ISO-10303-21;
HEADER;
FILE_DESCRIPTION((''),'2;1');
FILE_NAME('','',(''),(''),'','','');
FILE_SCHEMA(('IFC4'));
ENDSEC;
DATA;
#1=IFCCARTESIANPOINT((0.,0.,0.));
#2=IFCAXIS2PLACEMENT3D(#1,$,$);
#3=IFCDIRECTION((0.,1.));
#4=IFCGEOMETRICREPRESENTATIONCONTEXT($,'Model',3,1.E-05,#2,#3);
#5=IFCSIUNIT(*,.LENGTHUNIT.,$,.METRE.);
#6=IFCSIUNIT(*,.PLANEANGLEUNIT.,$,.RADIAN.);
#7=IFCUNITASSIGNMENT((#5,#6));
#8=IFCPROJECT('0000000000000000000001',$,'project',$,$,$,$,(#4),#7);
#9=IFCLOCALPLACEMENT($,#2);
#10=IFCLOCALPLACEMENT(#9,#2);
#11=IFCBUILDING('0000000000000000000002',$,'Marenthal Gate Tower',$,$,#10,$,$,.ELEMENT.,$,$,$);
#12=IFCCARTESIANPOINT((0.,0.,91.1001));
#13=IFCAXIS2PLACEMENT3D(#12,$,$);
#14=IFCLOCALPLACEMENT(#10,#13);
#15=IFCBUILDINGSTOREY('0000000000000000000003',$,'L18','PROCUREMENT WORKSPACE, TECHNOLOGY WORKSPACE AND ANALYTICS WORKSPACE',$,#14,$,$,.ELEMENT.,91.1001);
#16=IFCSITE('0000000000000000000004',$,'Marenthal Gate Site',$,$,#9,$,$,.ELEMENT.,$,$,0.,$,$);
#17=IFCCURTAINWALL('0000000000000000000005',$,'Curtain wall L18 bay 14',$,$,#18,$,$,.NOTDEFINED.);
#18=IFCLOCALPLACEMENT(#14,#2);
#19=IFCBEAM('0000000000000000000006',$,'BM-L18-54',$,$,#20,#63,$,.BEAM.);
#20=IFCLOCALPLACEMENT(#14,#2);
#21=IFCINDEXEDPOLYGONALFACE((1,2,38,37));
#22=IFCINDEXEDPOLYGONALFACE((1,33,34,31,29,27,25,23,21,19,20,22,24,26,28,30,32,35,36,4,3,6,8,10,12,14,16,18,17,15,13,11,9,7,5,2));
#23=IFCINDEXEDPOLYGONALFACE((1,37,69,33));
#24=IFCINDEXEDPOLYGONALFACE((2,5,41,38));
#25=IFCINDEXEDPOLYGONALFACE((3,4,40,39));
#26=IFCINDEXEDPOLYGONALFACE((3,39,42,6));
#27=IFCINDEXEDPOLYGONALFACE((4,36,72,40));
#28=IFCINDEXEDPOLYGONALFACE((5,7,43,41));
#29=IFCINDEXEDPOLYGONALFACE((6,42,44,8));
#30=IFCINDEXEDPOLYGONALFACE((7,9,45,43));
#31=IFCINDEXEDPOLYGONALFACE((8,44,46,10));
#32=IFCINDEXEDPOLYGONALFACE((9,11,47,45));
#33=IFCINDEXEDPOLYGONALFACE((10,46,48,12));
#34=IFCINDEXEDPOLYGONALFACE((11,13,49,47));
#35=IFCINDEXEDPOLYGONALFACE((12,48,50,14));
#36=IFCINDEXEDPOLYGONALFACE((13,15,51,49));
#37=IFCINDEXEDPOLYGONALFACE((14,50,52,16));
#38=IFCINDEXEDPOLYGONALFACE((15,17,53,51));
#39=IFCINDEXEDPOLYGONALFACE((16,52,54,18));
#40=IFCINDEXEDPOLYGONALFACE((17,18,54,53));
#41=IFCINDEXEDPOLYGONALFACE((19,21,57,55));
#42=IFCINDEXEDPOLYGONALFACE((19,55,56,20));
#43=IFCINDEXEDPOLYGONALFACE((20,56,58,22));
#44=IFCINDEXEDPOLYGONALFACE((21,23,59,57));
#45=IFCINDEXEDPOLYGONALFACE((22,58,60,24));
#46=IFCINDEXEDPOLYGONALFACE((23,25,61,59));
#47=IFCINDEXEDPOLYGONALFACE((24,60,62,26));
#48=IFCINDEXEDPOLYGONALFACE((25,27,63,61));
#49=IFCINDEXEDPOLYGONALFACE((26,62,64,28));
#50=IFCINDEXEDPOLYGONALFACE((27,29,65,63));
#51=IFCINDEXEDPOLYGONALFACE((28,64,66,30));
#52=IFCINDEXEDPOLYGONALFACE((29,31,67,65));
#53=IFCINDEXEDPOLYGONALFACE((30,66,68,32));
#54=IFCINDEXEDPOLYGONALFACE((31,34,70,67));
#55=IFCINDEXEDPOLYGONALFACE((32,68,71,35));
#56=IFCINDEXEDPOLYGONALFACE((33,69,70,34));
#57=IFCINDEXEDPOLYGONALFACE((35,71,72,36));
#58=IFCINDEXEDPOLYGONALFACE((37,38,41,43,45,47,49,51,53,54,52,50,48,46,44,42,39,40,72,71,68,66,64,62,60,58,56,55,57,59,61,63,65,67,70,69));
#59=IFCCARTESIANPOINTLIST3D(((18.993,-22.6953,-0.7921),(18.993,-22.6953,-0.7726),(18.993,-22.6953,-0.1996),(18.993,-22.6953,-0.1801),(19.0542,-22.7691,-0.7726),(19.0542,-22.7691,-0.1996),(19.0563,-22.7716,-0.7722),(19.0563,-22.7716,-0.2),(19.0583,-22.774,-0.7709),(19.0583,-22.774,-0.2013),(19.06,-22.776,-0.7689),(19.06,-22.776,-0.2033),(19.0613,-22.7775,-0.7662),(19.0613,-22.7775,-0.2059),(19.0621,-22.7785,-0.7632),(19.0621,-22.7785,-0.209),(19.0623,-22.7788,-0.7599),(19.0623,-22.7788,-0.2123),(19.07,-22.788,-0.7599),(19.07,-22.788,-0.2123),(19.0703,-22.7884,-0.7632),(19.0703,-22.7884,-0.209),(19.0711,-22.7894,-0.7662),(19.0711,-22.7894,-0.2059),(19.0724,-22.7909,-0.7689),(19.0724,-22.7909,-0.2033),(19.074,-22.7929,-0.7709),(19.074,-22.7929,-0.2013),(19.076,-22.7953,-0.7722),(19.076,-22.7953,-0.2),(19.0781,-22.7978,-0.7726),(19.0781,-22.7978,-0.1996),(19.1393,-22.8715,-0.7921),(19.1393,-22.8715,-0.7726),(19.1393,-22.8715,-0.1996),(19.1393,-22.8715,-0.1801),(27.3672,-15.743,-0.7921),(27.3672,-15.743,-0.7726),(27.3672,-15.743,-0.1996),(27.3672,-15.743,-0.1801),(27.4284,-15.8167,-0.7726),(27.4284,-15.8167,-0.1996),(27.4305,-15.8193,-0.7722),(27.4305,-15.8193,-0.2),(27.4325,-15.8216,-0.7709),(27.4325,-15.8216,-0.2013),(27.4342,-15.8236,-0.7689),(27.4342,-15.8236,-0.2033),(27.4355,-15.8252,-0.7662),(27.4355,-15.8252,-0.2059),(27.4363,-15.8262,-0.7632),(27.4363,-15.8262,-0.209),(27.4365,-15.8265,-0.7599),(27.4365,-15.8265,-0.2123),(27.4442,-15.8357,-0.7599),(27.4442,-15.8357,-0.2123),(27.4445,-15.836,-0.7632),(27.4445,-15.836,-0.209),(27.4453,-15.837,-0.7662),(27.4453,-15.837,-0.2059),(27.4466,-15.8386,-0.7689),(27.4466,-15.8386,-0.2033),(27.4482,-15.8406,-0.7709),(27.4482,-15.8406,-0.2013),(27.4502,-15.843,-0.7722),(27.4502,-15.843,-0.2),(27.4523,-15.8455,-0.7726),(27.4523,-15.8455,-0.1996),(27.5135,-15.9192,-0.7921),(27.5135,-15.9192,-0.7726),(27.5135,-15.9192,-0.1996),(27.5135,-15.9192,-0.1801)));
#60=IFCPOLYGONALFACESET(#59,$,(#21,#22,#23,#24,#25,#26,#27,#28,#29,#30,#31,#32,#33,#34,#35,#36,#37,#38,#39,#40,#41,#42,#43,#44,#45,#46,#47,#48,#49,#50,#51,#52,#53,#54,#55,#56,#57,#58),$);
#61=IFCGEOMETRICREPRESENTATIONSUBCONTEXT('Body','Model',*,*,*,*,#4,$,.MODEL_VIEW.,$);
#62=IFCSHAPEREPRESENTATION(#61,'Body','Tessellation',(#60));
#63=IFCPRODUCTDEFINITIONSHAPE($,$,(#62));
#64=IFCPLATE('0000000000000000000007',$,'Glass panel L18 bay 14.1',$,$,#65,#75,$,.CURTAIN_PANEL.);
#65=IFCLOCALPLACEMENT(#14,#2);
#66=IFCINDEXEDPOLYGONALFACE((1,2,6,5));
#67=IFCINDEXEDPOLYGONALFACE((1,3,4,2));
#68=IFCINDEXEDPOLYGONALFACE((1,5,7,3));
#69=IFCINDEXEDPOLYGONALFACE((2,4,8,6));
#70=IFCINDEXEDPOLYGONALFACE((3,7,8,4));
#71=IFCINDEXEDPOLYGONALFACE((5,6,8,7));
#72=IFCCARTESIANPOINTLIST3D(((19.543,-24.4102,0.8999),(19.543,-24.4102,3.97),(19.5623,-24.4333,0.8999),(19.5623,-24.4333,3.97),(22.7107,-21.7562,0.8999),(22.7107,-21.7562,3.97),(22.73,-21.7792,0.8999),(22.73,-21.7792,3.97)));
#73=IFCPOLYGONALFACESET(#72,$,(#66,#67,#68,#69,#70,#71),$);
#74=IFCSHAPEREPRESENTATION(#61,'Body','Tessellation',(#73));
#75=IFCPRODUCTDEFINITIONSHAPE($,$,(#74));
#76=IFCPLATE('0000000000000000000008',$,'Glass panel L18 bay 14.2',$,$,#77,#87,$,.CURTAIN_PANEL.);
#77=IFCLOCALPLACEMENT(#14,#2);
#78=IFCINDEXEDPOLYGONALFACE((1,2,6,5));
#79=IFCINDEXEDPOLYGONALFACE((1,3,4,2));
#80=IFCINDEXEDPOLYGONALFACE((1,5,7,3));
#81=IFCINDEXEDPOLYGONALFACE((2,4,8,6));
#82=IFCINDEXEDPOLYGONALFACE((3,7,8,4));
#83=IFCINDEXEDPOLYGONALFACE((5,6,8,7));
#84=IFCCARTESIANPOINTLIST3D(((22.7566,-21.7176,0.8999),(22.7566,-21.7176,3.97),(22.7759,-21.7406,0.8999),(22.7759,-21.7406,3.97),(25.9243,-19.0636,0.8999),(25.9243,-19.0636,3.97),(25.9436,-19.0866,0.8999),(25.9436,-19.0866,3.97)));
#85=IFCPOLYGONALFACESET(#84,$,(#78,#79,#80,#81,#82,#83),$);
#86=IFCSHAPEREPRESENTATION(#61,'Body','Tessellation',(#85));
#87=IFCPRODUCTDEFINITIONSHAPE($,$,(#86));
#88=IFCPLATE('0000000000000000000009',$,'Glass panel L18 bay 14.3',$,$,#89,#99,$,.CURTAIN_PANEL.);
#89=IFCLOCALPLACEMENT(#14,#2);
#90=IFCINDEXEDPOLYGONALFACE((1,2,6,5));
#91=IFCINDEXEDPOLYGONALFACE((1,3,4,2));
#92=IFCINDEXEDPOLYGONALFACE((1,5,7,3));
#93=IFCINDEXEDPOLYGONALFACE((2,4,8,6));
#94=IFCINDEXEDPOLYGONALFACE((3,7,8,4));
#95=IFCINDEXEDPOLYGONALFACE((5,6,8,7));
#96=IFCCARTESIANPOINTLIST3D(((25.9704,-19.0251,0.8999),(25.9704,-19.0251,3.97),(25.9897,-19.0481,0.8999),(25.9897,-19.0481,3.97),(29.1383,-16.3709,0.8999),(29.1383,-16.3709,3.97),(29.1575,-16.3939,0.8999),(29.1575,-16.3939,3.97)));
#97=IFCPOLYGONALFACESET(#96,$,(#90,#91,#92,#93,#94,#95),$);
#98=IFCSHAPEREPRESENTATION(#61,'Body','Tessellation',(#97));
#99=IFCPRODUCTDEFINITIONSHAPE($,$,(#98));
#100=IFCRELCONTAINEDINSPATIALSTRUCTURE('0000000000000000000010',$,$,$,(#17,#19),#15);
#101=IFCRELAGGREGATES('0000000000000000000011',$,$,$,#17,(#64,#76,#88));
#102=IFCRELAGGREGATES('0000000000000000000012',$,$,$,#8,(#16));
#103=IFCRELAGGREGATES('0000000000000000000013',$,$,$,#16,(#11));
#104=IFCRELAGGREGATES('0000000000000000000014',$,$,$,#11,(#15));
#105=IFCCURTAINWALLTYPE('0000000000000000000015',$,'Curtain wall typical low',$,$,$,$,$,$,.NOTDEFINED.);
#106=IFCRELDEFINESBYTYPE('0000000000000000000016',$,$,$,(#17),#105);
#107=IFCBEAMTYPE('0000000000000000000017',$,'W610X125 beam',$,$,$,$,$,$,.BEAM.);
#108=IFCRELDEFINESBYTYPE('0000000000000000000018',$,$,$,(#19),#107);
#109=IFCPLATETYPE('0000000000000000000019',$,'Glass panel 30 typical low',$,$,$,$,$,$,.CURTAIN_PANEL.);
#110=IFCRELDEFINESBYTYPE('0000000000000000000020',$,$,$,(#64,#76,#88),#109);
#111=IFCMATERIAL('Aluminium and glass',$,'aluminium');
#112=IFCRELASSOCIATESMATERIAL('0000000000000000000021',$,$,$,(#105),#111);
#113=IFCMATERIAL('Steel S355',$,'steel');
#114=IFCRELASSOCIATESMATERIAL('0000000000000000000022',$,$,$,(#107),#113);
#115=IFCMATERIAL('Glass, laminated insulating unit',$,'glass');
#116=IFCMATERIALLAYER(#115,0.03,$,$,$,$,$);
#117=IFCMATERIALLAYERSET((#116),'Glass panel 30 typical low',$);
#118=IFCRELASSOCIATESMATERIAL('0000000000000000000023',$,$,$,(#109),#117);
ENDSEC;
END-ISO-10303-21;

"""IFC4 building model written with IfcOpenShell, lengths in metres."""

from ifc_helpers import new_model, si_unit, direction, frame, origin, origin_2d, place, context, subcontext, project, spatial, rectangle, i_section, extrude, material, layer, layer_set, material_profile, profile_set, type_object, element, aggregate, save


model = new_model("IFC4")

# Units and contexts
model_context = context("Model", 3, precision=1e-05, world=origin(), true_north=direction((0.0, 1.0)))
body_context = subcontext(model_context, "Body", "Model", "MODEL_VIEW")
ifc_project = project(units=[si_unit("LENGTHUNIT", "METRE"), si_unit("PLANEANGLEUNIT", "RADIAN")], contexts=[model_context])

# Site, building, storey
site_placement = place(None, origin())
site = spatial("IfcSite", under=ifc_project, at=site_placement, Name="Marenthal Gate Site", CompositionType="ELEMENT", RefElevation=0.0)
building_placement = place(site_placement, origin())
building = spatial("IfcBuilding", under=site, at=building_placement, Name="Marenthal Gate Tower", CompositionType="ELEMENT")
storey_placement = place(building_placement, frame((0.0, 0.0, 91.1001)))
storey = spatial("IfcBuildingStorey", under=building, at=storey_placement, Name="L18", Description="PROCUREMENT WORKSPACE, TECHNOLOGY WORKSPACE AND ANALYTICS WORKSPACE", CompositionType="ELEMENT", Elevation=91.1001)

# Curtain wall
ifc_material_1 = material(Name="Aluminium and glass", Category="aluminium")
curtain_wall_type = type_object("IfcCurtainWallType", Name="Curtain wall typical low", PredefinedType="NOTDEFINED", material=ifc_material_1)
curtain_wall_placement = place(storey_placement, origin())
curtain_wall = element("IfcCurtainWall", 1, at=curtain_wall_placement, inside=storey, type_object=curtain_wall_type, Name="Curtain wall L18 bay 14", PredefinedType="NOTDEFINED")

# Beam
ifc_material_2 = material(Name="Steel S355", Category="steel")
ifc_material_profile_1 = material_profile(ifc_material_2, i_section(OverallWidth=0.229, OverallDepth=0.6121, WebThickness=0.012, FlangeThickness=0.0195, FilletRadius=0.0127, at=origin_2d()), Name="W610X125")
ifc_profile_set_1 = profile_set([ifc_material_profile_1], Name="Steel S355")
beam_type_1 = type_object("IfcBeamType", Name="W610X125 beam", PredefinedType="BEAM", material=ifc_profile_set_1)
beam_1_placement = place(storey_placement, frame((19.0662, -22.7834, -0.4861), z_axis=(0.769402, 0.638765, 0.0), x_axis=(-0.638765, 0.769402, 0.0)))
element("IfcBeam", 2, at=beam_1_placement, inside=storey, type_object=beam_type_1, Name="BM-L18-54", PredefinedType="BEAM", context=body_context, shape_type="SweptSolid", body=[
    extrude(i_section(OverallWidth=0.229, OverallDepth=0.6121, WebThickness=0.012, FlangeThickness=0.0195, FilletRadius=0.0127, at=origin_2d()), origin(), (0.0, 0.0, 1.0), 10.884),
])

# Plates
ifc_material_3 = material(Name="Glass, laminated insulating unit", Category="glass")
ifc_layer_1 = layer(ifc_material_3, 0.03)
ifc_layer_set_1 = layer_set([ifc_layer_1], Name="Glass panel 30 typical low")
plate_type = type_object("IfcPlateType", Name="Glass panel 30 typical low", PredefinedType="CURTAIN_PANEL", material=ifc_layer_set_1)
plate_1_placement = place(storey_placement, frame((21.1365, -23.0947, 0.8999), z_axis=(0.0, 0.0, 1.0), x_axis=(0.766513, 0.642228, 0.0)))
plate_1 = element("IfcPlate", 3, at=plate_1_placement, type_object=plate_type, Name="Glass panel L18 bay 14.1", PredefinedType="CURTAIN_PANEL", context=body_context, shape_type="SweptSolid", body=[
    extrude(rectangle(XDim=4.1326, YDim=0.03, at=origin_2d()), origin(), (0.0, 0.0, 1.0), 3.0701),
])
plate_2_placement = place(storey_placement, frame((24.3501, -20.4021, 0.8999), z_axis=(0.0, 0.0, 1.0), x_axis=(0.766513, 0.642228, 0.0)))
plate_2 = element("IfcPlate", 4, at=plate_2_placement, type_object=plate_type, Name="Glass panel L18 bay 14.2", PredefinedType="CURTAIN_PANEL", context=body_context, shape_type="SweptSolid", body=[
    extrude(rectangle(XDim=4.1326, YDim=0.03, at=origin_2d()), origin(), (0.0, 0.0, 1.0), 3.0701),
])
plate_3_placement = place(storey_placement, frame((27.564, -17.7095, 0.8999), z_axis=(0.0, 0.0, 1.0), x_axis=(0.766513, 0.642228, 0.0)))
plate_3 = element("IfcPlate", 5, at=plate_3_placement, type_object=plate_type, Name="Glass panel L18 bay 14.3", PredefinedType="CURTAIN_PANEL", context=body_context, shape_type="SweptSolid", body=[
    extrude(rectangle(XDim=4.1328, YDim=0.03, at=origin_2d()), origin(), (0.0, 0.0, 1.0), 3.0701),
])
aggregate(curtain_wall, [plate_1, plate_2, plate_3])

save(model, "model.ifc")
